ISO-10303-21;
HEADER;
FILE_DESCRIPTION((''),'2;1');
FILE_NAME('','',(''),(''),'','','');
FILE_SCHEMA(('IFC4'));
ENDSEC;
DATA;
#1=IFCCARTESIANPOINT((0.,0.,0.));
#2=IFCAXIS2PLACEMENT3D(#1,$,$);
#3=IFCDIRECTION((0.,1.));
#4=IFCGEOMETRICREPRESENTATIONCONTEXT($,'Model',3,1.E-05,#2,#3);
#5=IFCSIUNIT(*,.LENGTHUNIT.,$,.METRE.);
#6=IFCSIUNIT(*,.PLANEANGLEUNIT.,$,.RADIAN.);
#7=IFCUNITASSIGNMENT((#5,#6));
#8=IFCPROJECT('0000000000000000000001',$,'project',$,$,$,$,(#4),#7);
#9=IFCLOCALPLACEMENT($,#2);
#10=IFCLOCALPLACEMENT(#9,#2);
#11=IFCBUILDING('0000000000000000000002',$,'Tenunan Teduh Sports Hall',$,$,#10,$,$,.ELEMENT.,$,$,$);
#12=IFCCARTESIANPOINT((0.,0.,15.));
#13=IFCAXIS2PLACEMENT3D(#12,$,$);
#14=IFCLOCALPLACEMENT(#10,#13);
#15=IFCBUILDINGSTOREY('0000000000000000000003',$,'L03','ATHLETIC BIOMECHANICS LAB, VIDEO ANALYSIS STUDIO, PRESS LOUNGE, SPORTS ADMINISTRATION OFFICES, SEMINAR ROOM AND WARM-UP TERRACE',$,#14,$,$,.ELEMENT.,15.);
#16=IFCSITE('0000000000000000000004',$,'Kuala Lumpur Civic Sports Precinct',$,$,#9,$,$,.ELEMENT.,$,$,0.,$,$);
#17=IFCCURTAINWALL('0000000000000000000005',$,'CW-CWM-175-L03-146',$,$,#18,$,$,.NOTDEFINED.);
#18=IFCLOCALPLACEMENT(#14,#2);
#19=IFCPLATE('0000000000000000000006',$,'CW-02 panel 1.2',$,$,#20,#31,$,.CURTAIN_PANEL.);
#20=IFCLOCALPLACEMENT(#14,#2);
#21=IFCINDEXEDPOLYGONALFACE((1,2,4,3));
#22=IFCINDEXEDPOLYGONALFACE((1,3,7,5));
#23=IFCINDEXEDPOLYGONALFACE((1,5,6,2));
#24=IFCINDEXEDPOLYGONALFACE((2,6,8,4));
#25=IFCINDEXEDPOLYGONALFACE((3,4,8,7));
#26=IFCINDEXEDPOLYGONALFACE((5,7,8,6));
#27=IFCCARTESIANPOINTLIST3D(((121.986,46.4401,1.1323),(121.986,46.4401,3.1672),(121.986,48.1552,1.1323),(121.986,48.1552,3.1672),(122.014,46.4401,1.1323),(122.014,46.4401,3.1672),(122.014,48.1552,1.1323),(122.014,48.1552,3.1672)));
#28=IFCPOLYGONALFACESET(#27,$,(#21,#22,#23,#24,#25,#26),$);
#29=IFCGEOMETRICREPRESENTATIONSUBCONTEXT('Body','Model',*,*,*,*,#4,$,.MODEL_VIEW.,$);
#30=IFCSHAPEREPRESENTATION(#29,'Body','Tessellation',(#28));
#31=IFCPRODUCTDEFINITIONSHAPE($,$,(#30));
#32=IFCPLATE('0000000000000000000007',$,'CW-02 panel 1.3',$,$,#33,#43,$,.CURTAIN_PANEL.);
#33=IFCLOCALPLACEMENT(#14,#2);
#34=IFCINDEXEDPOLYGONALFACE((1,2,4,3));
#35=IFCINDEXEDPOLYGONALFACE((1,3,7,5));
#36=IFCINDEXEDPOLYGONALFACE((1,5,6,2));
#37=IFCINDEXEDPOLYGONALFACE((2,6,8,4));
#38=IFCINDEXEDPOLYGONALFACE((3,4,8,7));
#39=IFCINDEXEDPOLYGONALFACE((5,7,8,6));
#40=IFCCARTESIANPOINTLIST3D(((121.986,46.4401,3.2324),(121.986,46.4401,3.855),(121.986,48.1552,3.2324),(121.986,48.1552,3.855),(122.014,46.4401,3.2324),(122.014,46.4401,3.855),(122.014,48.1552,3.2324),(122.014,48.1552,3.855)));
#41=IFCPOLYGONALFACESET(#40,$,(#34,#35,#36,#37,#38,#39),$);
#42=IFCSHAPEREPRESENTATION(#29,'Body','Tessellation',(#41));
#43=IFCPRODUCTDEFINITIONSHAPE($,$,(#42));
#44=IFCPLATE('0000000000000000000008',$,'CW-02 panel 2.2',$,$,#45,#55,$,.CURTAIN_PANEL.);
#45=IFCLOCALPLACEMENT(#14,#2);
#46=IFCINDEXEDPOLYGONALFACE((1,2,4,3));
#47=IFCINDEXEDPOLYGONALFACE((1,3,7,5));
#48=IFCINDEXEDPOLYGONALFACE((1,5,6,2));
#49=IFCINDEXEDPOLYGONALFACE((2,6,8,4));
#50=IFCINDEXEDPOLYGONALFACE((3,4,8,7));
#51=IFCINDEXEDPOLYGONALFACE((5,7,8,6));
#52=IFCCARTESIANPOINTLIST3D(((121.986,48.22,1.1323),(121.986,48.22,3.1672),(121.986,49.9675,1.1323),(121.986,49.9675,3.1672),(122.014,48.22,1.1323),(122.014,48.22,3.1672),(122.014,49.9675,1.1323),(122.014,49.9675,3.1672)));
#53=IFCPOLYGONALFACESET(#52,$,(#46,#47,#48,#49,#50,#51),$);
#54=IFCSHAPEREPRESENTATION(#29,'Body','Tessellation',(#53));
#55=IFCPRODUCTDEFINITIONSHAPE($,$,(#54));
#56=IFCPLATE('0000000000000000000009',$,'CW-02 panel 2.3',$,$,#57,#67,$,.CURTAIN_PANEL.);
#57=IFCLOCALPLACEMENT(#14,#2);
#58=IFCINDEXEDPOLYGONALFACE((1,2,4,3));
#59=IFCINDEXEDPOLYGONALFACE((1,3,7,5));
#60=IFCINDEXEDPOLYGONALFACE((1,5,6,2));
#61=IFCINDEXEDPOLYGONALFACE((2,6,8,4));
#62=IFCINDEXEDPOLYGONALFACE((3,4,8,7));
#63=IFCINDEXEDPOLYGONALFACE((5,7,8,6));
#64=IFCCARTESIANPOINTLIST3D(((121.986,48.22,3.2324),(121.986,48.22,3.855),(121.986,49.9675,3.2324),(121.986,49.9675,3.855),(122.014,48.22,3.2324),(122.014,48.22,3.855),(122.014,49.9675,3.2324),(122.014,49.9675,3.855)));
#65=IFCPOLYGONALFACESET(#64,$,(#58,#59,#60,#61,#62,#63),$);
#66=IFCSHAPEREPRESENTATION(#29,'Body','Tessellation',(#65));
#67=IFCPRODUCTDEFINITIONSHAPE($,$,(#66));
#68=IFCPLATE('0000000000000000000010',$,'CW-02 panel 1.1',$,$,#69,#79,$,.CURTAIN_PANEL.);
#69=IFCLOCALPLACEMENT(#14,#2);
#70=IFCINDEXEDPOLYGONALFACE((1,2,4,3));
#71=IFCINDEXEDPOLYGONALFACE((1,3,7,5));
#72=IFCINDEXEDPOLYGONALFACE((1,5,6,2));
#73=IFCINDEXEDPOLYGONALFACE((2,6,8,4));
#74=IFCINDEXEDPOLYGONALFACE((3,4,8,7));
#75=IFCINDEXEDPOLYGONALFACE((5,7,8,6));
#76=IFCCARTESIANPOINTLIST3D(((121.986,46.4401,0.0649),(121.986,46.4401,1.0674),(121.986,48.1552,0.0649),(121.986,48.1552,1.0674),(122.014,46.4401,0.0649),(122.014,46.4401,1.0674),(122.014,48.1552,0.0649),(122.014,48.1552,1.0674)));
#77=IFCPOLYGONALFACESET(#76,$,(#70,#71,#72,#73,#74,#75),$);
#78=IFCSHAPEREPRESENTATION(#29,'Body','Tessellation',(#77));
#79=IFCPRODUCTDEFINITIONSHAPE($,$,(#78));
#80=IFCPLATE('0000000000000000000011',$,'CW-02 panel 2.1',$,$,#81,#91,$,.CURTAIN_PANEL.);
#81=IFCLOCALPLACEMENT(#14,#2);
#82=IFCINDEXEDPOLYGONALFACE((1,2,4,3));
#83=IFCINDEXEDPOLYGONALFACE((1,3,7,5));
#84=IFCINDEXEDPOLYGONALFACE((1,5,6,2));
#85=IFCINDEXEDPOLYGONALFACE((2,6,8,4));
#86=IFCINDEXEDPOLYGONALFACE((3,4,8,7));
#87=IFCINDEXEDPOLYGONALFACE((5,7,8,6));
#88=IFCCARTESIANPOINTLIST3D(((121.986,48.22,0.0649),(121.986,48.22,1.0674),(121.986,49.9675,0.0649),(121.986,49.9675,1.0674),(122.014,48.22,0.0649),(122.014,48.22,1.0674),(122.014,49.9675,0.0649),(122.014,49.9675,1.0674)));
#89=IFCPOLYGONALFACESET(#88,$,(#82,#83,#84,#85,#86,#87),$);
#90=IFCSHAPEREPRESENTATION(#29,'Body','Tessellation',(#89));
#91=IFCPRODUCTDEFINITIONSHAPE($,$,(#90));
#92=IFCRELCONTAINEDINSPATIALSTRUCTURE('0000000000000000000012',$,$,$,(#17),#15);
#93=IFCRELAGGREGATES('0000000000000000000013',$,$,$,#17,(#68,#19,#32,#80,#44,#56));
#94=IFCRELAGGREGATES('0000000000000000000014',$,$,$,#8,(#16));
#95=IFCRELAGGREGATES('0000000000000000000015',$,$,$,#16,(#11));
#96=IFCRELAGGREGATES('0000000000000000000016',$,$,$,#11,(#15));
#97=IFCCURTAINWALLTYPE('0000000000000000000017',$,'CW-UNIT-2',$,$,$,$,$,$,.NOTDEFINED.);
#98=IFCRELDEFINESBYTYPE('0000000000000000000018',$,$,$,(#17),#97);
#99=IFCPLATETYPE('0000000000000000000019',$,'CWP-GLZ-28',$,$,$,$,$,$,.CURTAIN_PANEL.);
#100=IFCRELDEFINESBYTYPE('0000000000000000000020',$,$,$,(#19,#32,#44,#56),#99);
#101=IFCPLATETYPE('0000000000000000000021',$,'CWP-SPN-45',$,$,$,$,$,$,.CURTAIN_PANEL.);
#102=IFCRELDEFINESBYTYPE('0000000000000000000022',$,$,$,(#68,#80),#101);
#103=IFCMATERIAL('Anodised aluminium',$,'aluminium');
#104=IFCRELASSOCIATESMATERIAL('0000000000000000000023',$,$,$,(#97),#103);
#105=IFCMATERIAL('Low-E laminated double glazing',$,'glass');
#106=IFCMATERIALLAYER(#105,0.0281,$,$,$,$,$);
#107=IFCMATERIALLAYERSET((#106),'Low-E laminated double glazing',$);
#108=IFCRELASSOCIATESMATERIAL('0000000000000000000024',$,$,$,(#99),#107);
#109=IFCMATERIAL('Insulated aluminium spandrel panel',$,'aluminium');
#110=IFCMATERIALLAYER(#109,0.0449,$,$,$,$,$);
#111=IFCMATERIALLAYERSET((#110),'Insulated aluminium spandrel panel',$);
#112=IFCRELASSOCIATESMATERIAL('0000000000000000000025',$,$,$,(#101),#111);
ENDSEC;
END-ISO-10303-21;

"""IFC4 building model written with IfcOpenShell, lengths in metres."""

from ifc_helpers import new_model, si_unit, direction, frame, origin, origin_2d, place, context, subcontext, project, spatial, rectangle, extrude, material, layer, layer_set, type_object, element, aggregate, save


model = new_model("IFC4")

# Units and contexts
model_context = context("Model", 3, precision=1e-05, world=origin(), true_north=direction((0.0, 1.0)))
body_context = subcontext(model_context, "Body", "Model", "MODEL_VIEW")
ifc_project = project(units=[si_unit("LENGTHUNIT", "METRE"), si_unit("PLANEANGLEUNIT", "RADIAN")], contexts=[model_context])

# Site, building, storey
site_placement = place(None, origin())
site = spatial("IfcSite", under=ifc_project, at=site_placement, Name="Kuala Lumpur Civic Sports Precinct", CompositionType="ELEMENT", RefElevation=0.0)
building_placement = place(site_placement, origin())
building = spatial("IfcBuilding", under=site, at=building_placement, Name="Tenunan Teduh Sports Hall", CompositionType="ELEMENT")
storey_placement = place(building_placement, frame((0.0, 0.0, 15.0)))
storey = spatial("IfcBuildingStorey", under=building, at=storey_placement, Name="L03", Description="ATHLETIC BIOMECHANICS LAB, VIDEO ANALYSIS STUDIO, PRESS LOUNGE, SPORTS ADMINISTRATION OFFICES, SEMINAR ROOM AND WARM-UP TERRACE", CompositionType="ELEMENT", Elevation=15.0)

# Curtain wall, plates
ifc_material_1 = material(Name="Anodised aluminium", Category="aluminium")
curtain_wall_type = type_object("IfcCurtainWallType", Name="CW-UNIT-2", PredefinedType="NOTDEFINED", material=ifc_material_1)
curtain_wall_placement = place(storey_placement, origin())
curtain_wall = element("IfcCurtainWall", 1, at=curtain_wall_placement, inside=storey, type_object=curtain_wall_type, Name="CW-CWM-175-L03-146", PredefinedType="NOTDEFINED")
ifc_material_2 = material(Name="Low-E laminated double glazing", Category="glass")
ifc_layer_1 = layer(ifc_material_2, 0.0281)
ifc_layer_set_1 = layer_set([ifc_layer_1], Name="Low-E laminated double glazing")
plate_type_1 = type_object("IfcPlateType", Name="CWP-GLZ-28", PredefinedType="CURTAIN_PANEL", material=ifc_layer_set_1)
plate_1_placement = place(storey_placement, frame((122.0, 47.2976, 1.1323), z_axis=(0.0, 0.0, 1.0), x_axis=(0.0, 1.0, 0.0)))
plate_1 = element("IfcPlate", 2, at=plate_1_placement, type_object=plate_type_1, Name="CW-02 panel 1.2", PredefinedType="CURTAIN_PANEL", context=body_context, shape_type="SweptSolid", body=[
    extrude(rectangle(XDim=1.7151, YDim=0.0281, at=origin_2d()), origin(), (0.0, 0.0, 1.0), 2.0349),
])
plate_2_placement = place(storey_placement, frame((122.0, 47.2976, 3.2324), z_axis=(0.0, 0.0, 1.0), x_axis=(0.0, 1.0, 0.0)))
plate_2 = element("IfcPlate", 3, at=plate_2_placement, type_object=plate_type_1, Name="CW-02 panel 1.3", PredefinedType="CURTAIN_PANEL", context=body_context, shape_type="SweptSolid", body=[
    extrude(rectangle(XDim=1.7151, YDim=0.0281, at=origin_2d()), origin(), (0.0, 0.0, 1.0), 0.6226),
])
plate_3_placement = place(storey_placement, frame((122.0, 49.0938, 1.1323), z_axis=(0.0, 0.0, 1.0), x_axis=(0.0, 1.0, 0.0)))
plate_3 = element("IfcPlate", 4, at=plate_3_placement, type_object=plate_type_1, Name="CW-02 panel 2.2", PredefinedType="CURTAIN_PANEL", context=body_context, shape_type="SweptSolid", body=[
    extrude(rectangle(XDim=1.7476, YDim=0.0281, at=origin_2d()), origin(), (0.0, 0.0, 1.0), 2.0349),
])
plate_4_placement = place(storey_placement, frame((122.0, 49.0938, 3.2324), z_axis=(0.0, 0.0, 1.0), x_axis=(0.0, 1.0, 0.0)))
plate_4 = element("IfcPlate", 5, at=plate_4_placement, type_object=plate_type_1, Name="CW-02 panel 2.3", PredefinedType="CURTAIN_PANEL", context=body_context, shape_type="SweptSolid", body=[
    extrude(rectangle(XDim=1.7476, YDim=0.0281, at=origin_2d()), origin(), (0.0, 0.0, 1.0), 0.6226),
])
ifc_material_3 = material(Name="Insulated aluminium spandrel panel", Category="aluminium")
ifc_layer_2 = layer(ifc_material_3, 0.0449)
ifc_layer_set_2 = layer_set([ifc_layer_2], Name="Insulated aluminium spandrel panel")
plate_type_2 = type_object("IfcPlateType", Name="CWP-SPN-45", PredefinedType="CURTAIN_PANEL", material=ifc_layer_set_2)
plate_5_placement = place(storey_placement, frame((122.0, 47.2976, 0.0649), z_axis=(0.0, 0.0, 1.0), x_axis=(0.0, 1.0, 0.0)))
plate_5 = element("IfcPlate", 6, at=plate_5_placement, type_object=plate_type_2, Name="CW-02 panel 1.1", PredefinedType="CURTAIN_PANEL", context=body_context, shape_type="SweptSolid", body=[
    extrude(rectangle(XDim=1.7151, YDim=0.0281, at=origin_2d()), origin(), (0.0, 0.0, 1.0), 1.0024),
])
plate_6_placement = place(storey_placement, frame((122.0, 49.0938, 0.0649), z_axis=(0.0, 0.0, 1.0), x_axis=(0.0, 1.0, 0.0)))
plate_6 = element("IfcPlate", 7, at=plate_6_placement, type_object=plate_type_2, Name="CW-02 panel 2.1", PredefinedType="CURTAIN_PANEL", context=body_context, shape_type="SweptSolid", body=[
    extrude(rectangle(XDim=1.7476, YDim=0.0281, at=origin_2d()), origin(), (0.0, 0.0, 1.0), 1.0024),
])
aggregate(curtain_wall, [plate_5, plate_1, plate_2, plate_6, plate_3, plate_4])

save(model, "model.ifc")
